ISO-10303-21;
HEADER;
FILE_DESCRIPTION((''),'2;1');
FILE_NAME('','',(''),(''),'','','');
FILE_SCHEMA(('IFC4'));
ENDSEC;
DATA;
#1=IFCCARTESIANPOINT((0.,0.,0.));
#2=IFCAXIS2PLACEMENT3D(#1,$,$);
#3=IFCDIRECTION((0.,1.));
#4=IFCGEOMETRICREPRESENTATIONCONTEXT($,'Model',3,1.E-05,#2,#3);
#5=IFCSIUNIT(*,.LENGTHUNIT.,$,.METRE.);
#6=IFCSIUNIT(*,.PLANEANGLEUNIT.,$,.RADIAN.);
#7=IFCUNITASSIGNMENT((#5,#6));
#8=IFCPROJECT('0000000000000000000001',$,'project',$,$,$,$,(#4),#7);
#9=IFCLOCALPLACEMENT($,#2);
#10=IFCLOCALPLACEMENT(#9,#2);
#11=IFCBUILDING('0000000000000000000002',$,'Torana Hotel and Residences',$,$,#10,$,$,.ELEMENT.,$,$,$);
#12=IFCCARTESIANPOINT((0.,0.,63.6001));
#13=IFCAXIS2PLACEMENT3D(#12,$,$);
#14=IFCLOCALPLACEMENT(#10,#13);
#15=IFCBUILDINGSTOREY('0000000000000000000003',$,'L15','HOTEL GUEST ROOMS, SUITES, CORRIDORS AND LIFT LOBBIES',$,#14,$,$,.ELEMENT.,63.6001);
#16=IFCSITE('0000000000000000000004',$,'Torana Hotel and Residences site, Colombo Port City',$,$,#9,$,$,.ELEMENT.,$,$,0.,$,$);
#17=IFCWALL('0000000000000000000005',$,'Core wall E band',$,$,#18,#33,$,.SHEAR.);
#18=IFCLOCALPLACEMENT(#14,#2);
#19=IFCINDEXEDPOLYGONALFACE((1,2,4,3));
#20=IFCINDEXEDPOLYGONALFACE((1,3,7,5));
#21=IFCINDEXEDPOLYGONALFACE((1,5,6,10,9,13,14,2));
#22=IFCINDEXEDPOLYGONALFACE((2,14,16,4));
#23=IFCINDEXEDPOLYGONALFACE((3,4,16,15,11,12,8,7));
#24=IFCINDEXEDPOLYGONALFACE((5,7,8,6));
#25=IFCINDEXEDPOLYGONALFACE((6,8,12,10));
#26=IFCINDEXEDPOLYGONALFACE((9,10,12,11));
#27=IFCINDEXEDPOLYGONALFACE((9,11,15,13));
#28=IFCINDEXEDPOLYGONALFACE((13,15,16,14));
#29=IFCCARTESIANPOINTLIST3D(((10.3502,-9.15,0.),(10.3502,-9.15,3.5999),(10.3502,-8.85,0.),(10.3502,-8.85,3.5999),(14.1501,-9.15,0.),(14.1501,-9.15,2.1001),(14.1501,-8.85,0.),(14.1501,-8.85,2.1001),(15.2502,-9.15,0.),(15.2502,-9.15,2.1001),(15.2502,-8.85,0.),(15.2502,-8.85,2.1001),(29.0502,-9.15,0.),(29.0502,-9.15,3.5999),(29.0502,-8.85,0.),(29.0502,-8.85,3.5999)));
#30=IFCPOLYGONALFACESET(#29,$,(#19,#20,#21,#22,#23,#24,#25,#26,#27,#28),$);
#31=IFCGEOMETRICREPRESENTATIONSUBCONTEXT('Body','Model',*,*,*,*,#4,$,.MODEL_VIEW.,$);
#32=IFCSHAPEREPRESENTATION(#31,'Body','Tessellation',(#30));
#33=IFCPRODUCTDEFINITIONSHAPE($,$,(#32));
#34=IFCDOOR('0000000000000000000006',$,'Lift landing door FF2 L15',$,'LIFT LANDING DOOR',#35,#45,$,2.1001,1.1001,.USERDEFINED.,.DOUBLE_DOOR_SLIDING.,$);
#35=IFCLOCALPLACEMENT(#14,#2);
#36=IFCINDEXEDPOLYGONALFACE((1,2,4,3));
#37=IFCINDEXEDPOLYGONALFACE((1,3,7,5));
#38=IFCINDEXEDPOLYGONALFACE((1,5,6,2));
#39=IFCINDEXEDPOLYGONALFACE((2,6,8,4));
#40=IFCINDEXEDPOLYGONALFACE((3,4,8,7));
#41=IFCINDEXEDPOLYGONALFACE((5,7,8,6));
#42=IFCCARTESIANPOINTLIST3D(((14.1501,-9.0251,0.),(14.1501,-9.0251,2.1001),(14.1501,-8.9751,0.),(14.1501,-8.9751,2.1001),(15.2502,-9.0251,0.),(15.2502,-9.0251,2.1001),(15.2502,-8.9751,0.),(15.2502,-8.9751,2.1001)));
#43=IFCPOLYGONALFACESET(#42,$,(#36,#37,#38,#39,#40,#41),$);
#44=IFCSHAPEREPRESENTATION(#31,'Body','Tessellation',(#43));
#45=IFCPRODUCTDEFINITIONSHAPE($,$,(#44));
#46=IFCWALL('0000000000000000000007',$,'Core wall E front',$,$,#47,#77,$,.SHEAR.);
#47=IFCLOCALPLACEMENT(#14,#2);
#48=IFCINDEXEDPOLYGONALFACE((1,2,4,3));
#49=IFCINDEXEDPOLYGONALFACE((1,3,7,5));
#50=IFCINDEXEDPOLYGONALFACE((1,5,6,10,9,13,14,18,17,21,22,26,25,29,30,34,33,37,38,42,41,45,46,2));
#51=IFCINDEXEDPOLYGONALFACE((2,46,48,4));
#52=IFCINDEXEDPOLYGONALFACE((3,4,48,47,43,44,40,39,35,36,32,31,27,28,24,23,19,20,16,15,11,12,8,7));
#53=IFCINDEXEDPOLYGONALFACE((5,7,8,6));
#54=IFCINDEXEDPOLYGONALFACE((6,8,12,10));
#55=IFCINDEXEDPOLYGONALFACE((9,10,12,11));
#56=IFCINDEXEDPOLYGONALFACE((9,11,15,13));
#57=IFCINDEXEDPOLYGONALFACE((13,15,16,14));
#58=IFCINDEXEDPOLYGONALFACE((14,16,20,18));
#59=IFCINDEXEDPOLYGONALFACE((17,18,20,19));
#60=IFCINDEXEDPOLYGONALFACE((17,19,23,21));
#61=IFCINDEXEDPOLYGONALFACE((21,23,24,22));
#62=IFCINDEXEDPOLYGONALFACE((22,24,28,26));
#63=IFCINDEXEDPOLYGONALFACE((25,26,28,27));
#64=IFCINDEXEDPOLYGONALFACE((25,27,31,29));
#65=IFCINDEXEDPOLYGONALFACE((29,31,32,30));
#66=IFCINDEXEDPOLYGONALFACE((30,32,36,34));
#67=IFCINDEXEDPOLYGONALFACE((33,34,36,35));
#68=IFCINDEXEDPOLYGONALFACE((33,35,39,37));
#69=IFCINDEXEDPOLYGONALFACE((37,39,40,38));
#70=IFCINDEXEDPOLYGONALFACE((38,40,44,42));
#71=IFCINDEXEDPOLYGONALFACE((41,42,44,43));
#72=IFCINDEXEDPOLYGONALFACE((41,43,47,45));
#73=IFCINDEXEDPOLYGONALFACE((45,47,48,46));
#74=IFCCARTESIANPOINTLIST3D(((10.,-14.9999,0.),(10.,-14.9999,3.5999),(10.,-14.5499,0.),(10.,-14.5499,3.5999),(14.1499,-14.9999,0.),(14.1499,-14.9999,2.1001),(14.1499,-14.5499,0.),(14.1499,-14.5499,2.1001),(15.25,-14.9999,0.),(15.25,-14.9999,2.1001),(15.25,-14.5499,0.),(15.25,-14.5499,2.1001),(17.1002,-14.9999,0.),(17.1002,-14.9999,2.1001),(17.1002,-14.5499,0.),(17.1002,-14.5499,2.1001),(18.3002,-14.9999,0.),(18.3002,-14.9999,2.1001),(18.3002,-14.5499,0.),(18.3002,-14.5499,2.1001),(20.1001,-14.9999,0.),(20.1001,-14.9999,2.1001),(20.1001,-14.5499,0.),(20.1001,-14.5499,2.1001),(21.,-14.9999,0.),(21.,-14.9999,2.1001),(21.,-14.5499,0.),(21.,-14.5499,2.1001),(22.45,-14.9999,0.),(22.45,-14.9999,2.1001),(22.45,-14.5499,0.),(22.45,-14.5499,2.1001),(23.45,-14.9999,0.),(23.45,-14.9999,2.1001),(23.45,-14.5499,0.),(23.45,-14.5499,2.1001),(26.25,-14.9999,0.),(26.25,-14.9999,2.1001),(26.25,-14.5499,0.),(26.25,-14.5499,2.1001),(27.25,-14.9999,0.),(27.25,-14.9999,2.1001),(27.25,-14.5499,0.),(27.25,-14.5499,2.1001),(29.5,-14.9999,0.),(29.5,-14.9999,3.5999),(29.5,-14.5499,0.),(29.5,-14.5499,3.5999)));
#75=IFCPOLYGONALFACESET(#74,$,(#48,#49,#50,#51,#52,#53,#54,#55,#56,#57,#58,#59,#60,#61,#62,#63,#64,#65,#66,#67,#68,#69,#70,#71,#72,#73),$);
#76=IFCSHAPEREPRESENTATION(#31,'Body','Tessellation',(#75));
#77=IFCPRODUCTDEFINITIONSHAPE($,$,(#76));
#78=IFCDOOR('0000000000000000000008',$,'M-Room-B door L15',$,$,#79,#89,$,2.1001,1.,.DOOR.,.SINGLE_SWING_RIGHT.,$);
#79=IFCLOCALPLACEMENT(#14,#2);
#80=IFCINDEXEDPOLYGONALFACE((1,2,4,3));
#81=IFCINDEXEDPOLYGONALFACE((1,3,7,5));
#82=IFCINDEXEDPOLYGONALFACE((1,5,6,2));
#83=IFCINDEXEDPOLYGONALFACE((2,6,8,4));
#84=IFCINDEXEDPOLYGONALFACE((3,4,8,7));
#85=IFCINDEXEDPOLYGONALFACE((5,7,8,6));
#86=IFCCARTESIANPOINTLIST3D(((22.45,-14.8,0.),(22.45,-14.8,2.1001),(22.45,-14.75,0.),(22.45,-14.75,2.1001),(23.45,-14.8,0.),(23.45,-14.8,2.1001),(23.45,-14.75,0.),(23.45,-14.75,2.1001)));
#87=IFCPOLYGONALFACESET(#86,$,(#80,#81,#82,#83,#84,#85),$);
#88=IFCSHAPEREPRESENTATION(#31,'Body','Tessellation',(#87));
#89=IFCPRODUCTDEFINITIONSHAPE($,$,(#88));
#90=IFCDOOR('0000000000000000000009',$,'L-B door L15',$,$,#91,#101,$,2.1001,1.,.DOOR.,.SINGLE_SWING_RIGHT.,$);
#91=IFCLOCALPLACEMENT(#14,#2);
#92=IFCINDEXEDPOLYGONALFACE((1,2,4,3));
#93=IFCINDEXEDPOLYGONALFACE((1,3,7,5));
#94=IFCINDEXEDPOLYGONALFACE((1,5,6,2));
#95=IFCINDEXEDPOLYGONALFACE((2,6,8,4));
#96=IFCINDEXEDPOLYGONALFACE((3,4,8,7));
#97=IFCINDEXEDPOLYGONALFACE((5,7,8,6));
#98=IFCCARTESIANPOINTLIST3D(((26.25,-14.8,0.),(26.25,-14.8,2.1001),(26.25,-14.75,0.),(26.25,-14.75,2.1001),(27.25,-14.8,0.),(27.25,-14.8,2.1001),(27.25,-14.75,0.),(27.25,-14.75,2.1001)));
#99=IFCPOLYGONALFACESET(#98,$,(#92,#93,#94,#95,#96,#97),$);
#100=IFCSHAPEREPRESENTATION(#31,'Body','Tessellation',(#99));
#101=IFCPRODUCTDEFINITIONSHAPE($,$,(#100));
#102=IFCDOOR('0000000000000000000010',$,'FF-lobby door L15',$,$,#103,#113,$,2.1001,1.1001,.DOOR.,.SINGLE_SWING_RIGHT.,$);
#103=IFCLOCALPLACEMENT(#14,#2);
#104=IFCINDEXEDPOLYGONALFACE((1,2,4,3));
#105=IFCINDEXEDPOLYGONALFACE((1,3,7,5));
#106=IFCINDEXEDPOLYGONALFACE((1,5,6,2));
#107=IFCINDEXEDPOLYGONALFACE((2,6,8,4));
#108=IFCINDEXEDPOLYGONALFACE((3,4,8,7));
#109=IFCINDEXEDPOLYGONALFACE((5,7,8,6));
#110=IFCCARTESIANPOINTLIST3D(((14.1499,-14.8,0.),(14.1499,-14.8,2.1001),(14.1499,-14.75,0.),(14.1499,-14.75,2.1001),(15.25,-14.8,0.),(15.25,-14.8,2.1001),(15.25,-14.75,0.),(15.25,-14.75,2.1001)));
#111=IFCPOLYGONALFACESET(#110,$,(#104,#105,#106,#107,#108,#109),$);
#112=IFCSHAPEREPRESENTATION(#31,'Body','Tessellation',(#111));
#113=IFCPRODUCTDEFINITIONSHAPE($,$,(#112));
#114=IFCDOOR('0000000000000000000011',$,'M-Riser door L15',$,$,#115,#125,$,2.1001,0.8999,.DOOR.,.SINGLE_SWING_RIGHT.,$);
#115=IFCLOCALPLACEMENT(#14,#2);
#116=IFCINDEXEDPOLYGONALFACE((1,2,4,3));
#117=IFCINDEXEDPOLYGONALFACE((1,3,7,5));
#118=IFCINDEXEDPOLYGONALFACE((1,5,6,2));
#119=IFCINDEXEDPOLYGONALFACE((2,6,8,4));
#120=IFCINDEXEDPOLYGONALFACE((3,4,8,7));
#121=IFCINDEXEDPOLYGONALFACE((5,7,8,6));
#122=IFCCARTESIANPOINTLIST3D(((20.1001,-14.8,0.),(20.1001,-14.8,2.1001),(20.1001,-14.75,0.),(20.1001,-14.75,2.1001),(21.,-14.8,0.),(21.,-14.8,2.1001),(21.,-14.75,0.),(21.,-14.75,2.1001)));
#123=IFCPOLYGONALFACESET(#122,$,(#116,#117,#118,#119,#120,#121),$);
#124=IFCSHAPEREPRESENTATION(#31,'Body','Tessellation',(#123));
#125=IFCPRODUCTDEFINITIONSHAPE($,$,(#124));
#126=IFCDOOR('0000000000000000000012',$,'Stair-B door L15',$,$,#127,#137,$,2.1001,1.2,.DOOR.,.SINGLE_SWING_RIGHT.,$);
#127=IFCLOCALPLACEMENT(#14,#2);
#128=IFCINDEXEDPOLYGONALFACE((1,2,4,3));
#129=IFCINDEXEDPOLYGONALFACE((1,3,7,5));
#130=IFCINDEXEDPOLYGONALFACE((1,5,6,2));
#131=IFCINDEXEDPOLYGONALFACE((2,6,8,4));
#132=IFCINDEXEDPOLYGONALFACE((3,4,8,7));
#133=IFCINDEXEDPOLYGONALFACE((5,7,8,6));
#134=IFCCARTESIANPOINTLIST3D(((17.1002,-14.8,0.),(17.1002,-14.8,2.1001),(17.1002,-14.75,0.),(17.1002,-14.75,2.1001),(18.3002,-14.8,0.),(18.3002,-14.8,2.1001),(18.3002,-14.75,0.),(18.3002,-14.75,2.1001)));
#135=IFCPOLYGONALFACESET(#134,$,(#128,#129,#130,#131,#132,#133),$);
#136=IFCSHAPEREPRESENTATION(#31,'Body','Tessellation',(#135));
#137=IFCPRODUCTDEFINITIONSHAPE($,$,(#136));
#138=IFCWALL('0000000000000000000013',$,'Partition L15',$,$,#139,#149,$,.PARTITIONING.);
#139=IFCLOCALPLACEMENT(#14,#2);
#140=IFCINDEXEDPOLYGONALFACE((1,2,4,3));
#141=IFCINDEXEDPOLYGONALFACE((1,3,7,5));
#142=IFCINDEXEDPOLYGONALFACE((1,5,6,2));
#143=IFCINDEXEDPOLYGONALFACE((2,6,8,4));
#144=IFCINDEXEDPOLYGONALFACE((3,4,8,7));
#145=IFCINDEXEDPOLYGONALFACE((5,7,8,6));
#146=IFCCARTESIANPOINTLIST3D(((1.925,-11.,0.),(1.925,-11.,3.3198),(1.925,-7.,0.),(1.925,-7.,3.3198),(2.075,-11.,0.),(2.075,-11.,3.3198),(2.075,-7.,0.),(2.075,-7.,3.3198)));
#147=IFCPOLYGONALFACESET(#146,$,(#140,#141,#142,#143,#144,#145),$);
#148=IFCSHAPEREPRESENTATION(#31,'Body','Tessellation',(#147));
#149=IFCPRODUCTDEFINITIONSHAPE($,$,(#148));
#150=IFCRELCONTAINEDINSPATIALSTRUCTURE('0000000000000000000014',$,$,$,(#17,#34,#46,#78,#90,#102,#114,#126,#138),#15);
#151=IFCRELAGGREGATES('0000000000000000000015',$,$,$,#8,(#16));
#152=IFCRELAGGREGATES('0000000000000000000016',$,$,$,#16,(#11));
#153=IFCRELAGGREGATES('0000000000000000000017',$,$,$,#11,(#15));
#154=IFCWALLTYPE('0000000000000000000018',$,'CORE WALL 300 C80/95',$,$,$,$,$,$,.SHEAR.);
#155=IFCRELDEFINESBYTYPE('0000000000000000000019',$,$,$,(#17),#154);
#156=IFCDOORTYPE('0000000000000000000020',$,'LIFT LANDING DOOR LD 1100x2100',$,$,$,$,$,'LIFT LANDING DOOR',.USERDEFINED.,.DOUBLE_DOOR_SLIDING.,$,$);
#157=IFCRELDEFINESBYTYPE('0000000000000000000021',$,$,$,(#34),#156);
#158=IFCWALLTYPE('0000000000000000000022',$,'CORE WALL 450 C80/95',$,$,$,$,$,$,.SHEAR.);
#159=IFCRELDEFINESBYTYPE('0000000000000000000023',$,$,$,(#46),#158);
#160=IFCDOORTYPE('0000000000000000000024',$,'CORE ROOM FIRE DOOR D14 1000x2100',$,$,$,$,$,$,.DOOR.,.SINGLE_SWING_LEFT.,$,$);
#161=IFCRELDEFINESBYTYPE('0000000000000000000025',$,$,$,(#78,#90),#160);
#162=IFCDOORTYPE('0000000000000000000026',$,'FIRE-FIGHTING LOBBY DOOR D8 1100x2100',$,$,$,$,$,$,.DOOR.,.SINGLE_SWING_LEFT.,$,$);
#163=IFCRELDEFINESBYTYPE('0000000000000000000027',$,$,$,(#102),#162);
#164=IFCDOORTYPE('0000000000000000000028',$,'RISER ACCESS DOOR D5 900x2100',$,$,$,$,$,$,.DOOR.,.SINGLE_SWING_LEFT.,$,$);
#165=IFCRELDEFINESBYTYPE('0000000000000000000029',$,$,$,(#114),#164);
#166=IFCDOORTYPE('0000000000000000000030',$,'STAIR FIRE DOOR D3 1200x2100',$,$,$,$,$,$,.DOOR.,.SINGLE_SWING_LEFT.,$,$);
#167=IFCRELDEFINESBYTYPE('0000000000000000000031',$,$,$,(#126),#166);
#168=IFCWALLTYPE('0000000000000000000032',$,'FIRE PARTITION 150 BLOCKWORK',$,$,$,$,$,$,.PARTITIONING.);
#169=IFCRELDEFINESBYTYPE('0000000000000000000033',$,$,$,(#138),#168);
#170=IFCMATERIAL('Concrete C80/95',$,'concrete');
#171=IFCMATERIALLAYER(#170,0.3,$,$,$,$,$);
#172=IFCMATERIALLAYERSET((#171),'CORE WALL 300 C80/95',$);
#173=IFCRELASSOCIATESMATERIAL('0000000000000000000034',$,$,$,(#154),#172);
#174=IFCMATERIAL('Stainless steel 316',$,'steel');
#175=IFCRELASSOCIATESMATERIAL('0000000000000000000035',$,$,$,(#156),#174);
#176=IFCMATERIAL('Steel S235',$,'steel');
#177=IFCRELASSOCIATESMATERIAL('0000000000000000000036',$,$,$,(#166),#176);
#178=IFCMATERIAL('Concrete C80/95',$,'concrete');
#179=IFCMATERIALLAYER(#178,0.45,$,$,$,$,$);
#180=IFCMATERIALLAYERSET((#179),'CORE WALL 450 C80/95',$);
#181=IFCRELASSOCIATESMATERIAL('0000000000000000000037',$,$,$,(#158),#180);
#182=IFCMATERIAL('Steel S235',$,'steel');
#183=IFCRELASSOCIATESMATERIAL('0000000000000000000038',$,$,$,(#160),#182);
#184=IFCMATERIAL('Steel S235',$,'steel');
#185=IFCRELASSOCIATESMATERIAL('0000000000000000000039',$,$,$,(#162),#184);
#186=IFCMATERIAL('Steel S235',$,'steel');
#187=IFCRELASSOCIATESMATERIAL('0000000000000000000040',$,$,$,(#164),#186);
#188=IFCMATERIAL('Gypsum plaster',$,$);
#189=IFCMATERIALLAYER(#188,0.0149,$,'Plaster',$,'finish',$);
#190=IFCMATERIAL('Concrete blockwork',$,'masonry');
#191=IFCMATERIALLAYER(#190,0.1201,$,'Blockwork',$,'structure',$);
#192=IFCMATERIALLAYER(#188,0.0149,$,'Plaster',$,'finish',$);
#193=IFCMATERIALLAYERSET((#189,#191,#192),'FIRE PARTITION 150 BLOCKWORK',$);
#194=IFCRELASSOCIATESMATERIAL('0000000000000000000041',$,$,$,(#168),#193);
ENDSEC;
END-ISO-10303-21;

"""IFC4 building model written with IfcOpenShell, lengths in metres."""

from ifc_helpers import new_model, si_unit, direction, frame, frame_2d, origin, place, context, subcontext, project, spatial, rectangle, extrude, material, layer, layer_set, type_object, element, fill, save


model = new_model("IFC4")

# Units and contexts
model_context = context("Model", 3, precision=1e-05, world=origin(), true_north=direction((0.0, 1.0)))
body_context = subcontext(model_context, "Body", "Model", "MODEL_VIEW")
ifc_project = project(units=[si_unit("LENGTHUNIT", "METRE"), si_unit("PLANEANGLEUNIT", "RADIAN")], contexts=[model_context])

# Site, building, storey
site_placement = place(None, origin())
site = spatial("IfcSite", under=ifc_project, at=site_placement, Name="Torana Hotel and Residences site, Colombo Port City", CompositionType="ELEMENT", RefElevation=0.0)
building_placement = place(site_placement, origin())
building = spatial("IfcBuilding", under=site, at=building_placement, Name="Torana Hotel and Residences", CompositionType="ELEMENT")
storey_placement = place(building_placement, frame((0.0, 0.0, 63.6001)))
storey = spatial("IfcBuildingStorey", under=building, at=storey_placement, Name="L15", Description="HOTEL GUEST ROOMS, SUITES, CORRIDORS AND LIFT LOBBIES", CompositionType="ELEMENT", Elevation=63.6001)

# Wall, opening, door
ifc_material_1 = material(Name="Concrete C80/95", Category="concrete")
ifc_layer_1 = layer(ifc_material_1, 0.3)
ifc_layer_set_1 = layer_set([ifc_layer_1], Name="CORE WALL 300 C80/95")
wall_type_1 = type_object("IfcWallType", Name="CORE WALL 300 C80/95", PredefinedType="SHEAR", material=ifc_layer_set_1)
wall_1_placement = place(storey_placement, frame((10.3501, -9.0, 0.0), z_axis=(0.0, 0.0, 1.0), x_axis=(1.0, 0.0, 0.0)))
wall_1 = element("IfcWall", 1, at=wall_1_placement, inside=storey, type_object=wall_type_1, Name="Core wall E band", PredefinedType="SHEAR", context=body_context, shape_type="SweptSolid", body=[
    extrude(rectangle(XDim=18.7, YDim=0.3, at=frame_2d((9.3501, 0.0))), origin(), (0.0, 0.0, 1.0), 3.5999),
])
opening_1_placement = place(wall_1_placement, frame((3.8, 0.0, 0.0)))
opening_1 = element("IfcOpeningElement", 2, at=opening_1_placement, cuts=wall_1, PredefinedType="OPENING", context=body_context, shape_type="SweptSolid", body=[
    extrude(rectangle(XDim=1.1001, YDim=2.1001, at=frame_2d((0.55, 1.05))), frame((0.0, 0.1599, 0.0), z_axis=(0.0, -1.0, 0.0), x_axis=(1.0, 0.0, 0.0)), (0.0, 0.0, 1.0), 0.3201),
])
ifc_material_2 = material(Name="Stainless steel 316", Category="steel")
door_type_1 = type_object("IfcDoorType", Name="LIFT LANDING DOOR LD 1100x2100", ElementType="LIFT LANDING DOOR", OperationType="DOUBLE_DOOR_SLIDING", PredefinedType="USERDEFINED", material=ifc_material_2)
door_1_placement = place(opening_1_placement, origin())
door_1 = element("IfcDoor", 3, at=door_1_placement, inside=storey, type_object=door_type_1, Name="Lift landing door FF2 L15", ObjectType="LIFT LANDING DOOR", OperationType="DOUBLE_DOOR_SLIDING", OverallHeight=2.1001, OverallWidth=1.1001, PredefinedType="USERDEFINED", context=body_context, shape_type="SweptSolid", body=[
    extrude(rectangle(XDim=1.1001, YDim=2.1001, at=frame_2d((0.55, 1.05))), frame((0.0, 0.0249, 0.0), z_axis=(0.0, -1.0, 0.0), x_axis=(1.0, 0.0, 0.0)), (0.0, 0.0, 1.0), 0.05),
])
fill(opening_1, door_1)

# Wall, openings, doors
ifc_material_3 = material(Name="Steel S235", Category="steel")
door_type_2 = type_object("IfcDoorType", Name="STAIR FIRE DOOR D3 1200x2100", OperationType="SINGLE_SWING_LEFT", PredefinedType="DOOR", material=ifc_material_3)
ifc_material_4 = material(Name="Concrete C80/95", Category="concrete")
ifc_layer_2 = layer(ifc_material_4, 0.45)
ifc_layer_set_2 = layer_set([ifc_layer_2], Name="CORE WALL 450 C80/95")
wall_type_2 = type_object("IfcWallType", Name="CORE WALL 450 C80/95", PredefinedType="SHEAR", material=ifc_layer_set_2)
wall_2_placement = place(storey_placement, frame((10.0, -14.7749, 0.0), z_axis=(0.0, 0.0, 1.0), x_axis=(1.0, 0.0, 0.0)))
wall_2 = element("IfcWall", 4, at=wall_2_placement, inside=storey, type_object=wall_type_2, Name="Core wall E front", PredefinedType="SHEAR", context=body_context, shape_type="SweptSolid", body=[
    extrude(rectangle(XDim=19.5, YDim=0.45, at=frame_2d((9.75, 0.0))), origin(), (0.0, 0.0, 1.0), 3.5999),
])
opening_2_placement = place(wall_2_placement, frame((7.1001, 0.0, 0.0)))
opening_2 = element("IfcOpeningElement", 5, at=opening_2_placement, cuts=wall_2, PredefinedType="OPENING", context=body_context, shape_type="SweptSolid", body=[
    extrude(rectangle(XDim=1.2, YDim=2.1001, at=frame_2d((0.6001, 1.05))), frame((0.0, 0.2349, 0.0), z_axis=(0.0, -1.0, 0.0), x_axis=(1.0, 0.0, 0.0)), (0.0, 0.0, 1.0), 0.47),
])
opening_3_placement = place(wall_2_placement, frame((4.1499, 0.0, 0.0)))
opening_3 = element("IfcOpeningElement", 6, at=opening_3_placement, cuts=wall_2, PredefinedType="OPENING", context=body_context, shape_type="SweptSolid", body=[
    extrude(rectangle(XDim=1.1001, YDim=2.1001, at=frame_2d((0.55, 1.05))), frame((0.0, 0.2349, 0.0), z_axis=(0.0, -1.0, 0.0), x_axis=(1.0, 0.0, 0.0)), (0.0, 0.0, 1.0), 0.47),
])
opening_4_placement = place(wall_2_placement, frame((10.1001, 0.0, 0.0)))
opening_4 = element("IfcOpeningElement", 7, at=opening_4_placement, cuts=wall_2, PredefinedType="OPENING", context=body_context, shape_type="SweptSolid", body=[
    extrude(rectangle(XDim=0.8999, YDim=2.1001, at=frame_2d((0.45, 1.05))), frame((0.0, 0.2349, 0.0), z_axis=(0.0, -1.0, 0.0), x_axis=(1.0, 0.0, 0.0)), (0.0, 0.0, 1.0), 0.47),
])
opening_5_placement = place(wall_2_placement, frame((12.45, 0.0, 0.0)))
opening_5 = element("IfcOpeningElement", 8, at=opening_5_placement, cuts=wall_2, PredefinedType="OPENING", context=body_context, shape_type="SweptSolid", body=[
    extrude(rectangle(XDim=1.0, YDim=2.1001, at=frame_2d((0.5, 1.05))), frame((0.0, 0.2349, 0.0), z_axis=(0.0, -1.0, 0.0), x_axis=(1.0, 0.0, 0.0)), (0.0, 0.0, 1.0), 0.47),
])
opening_6_placement = place(wall_2_placement, frame((16.25, 0.0, 0.0)))
opening_6 = element("IfcOpeningElement", 9, at=opening_6_placement, cuts=wall_2, PredefinedType="OPENING", context=body_context, shape_type="SweptSolid", body=[
    extrude(rectangle(XDim=1.0, YDim=2.1001, at=frame_2d((0.5, 1.05))), frame((0.0, 0.2349, 0.0), z_axis=(0.0, -1.0, 0.0), x_axis=(1.0, 0.0, 0.0)), (0.0, 0.0, 1.0), 0.47),
])
ifc_material_5 = material(Name="Steel S235", Category="steel")
door_type_3 = type_object("IfcDoorType", Name="CORE ROOM FIRE DOOR D14 1000x2100", OperationType="SINGLE_SWING_LEFT", PredefinedType="DOOR", material=ifc_material_5)
door_2_placement = place(opening_5_placement, origin())
door_2 = element("IfcDoor", 10, at=door_2_placement, inside=storey, type_object=door_type_3, Name="M-Room-B door L15", OperationType="SINGLE_SWING_RIGHT", OverallHeight=2.1001, OverallWidth=1.0, PredefinedType="DOOR", context=body_context, shape_type="SweptSolid", body=[
    extrude(rectangle(XDim=1.0, YDim=2.1001, at=frame_2d((0.5, 1.05))), frame((0.0, 0.0249, 0.0), z_axis=(0.0, -1.0, 0.0), x_axis=(1.0, 0.0, 0.0)), (0.0, 0.0, 1.0), 0.05),
])
fill(opening_5, door_2)
door_3_placement = place(opening_6_placement, origin())
door_3 = element("IfcDoor", 11, at=door_3_placement, inside=storey, type_object=door_type_3, Name="L-B door L15", OperationType="SINGLE_SWING_RIGHT", OverallHeight=2.1001, OverallWidth=1.0, PredefinedType="DOOR", context=body_context, shape_type="SweptSolid", body=[
    extrude(rectangle(XDim=1.0, YDim=2.1001, at=frame_2d((0.5, 1.05))), frame((0.0, 0.0249, 0.0), z_axis=(0.0, -1.0, 0.0), x_axis=(1.0, 0.0, 0.0)), (0.0, 0.0, 1.0), 0.05),
])
fill(opening_6, door_3)
ifc_material_6 = material(Name="Steel S235", Category="steel")
door_type_4 = type_object("IfcDoorType", Name="FIRE-FIGHTING LOBBY DOOR D8 1100x2100", OperationType="SINGLE_SWING_LEFT", PredefinedType="DOOR", material=ifc_material_6)
door_4_placement = place(opening_3_placement, origin())
door_4 = element("IfcDoor", 12, at=door_4_placement, inside=storey, type_object=door_type_4, Name="FF-lobby door L15", OperationType="SINGLE_SWING_RIGHT", OverallHeight=2.1001, OverallWidth=1.1001, PredefinedType="DOOR", context=body_context, shape_type="SweptSolid", body=[
    extrude(rectangle(XDim=1.1001, YDim=2.1001, at=frame_2d((0.55, 1.05))), frame((0.0, 0.0249, 0.0), z_axis=(0.0, -1.0, 0.0), x_axis=(1.0, 0.0, 0.0)), (0.0, 0.0, 1.0), 0.05),
])
fill(opening_3, door_4)
ifc_material_7 = material(Name="Steel S235", Category="steel")
door_type_5 = type_object("IfcDoorType", Name="RISER ACCESS DOOR D5 900x2100", OperationType="SINGLE_SWING_LEFT", PredefinedType="DOOR", material=ifc_material_7)
door_5_placement = place(opening_4_placement, origin())
door_5 = element("IfcDoor", 13, at=door_5_placement, inside=storey, type_object=door_type_5, Name="M-Riser door L15", OperationType="SINGLE_SWING_RIGHT", OverallHeight=2.1001, OverallWidth=0.8999, PredefinedType="DOOR", context=body_context, shape_type="SweptSolid", body=[
    extrude(rectangle(XDim=0.8999, YDim=2.1001, at=frame_2d((0.45, 1.05))), frame((0.0, 0.0249, 0.0), z_axis=(0.0, -1.0, 0.0), x_axis=(1.0, 0.0, 0.0)), (0.0, 0.0, 1.0), 0.05),
])
fill(opening_4, door_5)
door_6_placement = place(opening_2_placement, origin())
door_6 = element("IfcDoor", 14, at=door_6_placement, inside=storey, type_object=door_type_2, Name="Stair-B door L15", OperationType="SINGLE_SWING_RIGHT", OverallHeight=2.1001, OverallWidth=1.2, PredefinedType="DOOR", context=body_context, shape_type="SweptSolid", body=[
    extrude(rectangle(XDim=1.2, YDim=2.1001, at=frame_2d((0.6001, 1.05))), frame((0.0, 0.0249, 0.0), z_axis=(0.0, -1.0, 0.0), x_axis=(1.0, 0.0, 0.0)), (0.0, 0.0, 1.0), 0.05),
])
fill(opening_2, door_6)

# Wall
ifc_material_8 = material(Name="Gypsum plaster")
ifc_layer_3 = layer(ifc_material_8, 0.0149, Name="Plaster", Category="finish")
ifc_material_9 = material(Name="Concrete blockwork", Category="masonry")
ifc_layer_4 = layer(ifc_material_9, 0.1201, Name="Blockwork", Category="structure")
ifc_layer_5 = layer(ifc_material_8, 0.0149, Name="Plaster", Category="finish")
ifc_layer_set_3 = layer_set([ifc_layer_3, ifc_layer_4, ifc_layer_5], Name="FIRE PARTITION 150 BLOCKWORK")
wall_type_3 = type_object("IfcWallType", Name="FIRE PARTITION 150 BLOCKWORK", PredefinedType="PARTITIONING", material=ifc_layer_set_3)
wall_3_placement = place(storey_placement, frame((2.0, -11.0, 0.0), z_axis=(0.0, 0.0, 1.0), x_axis=(0.0, 1.0, 0.0)))
element("IfcWall", 15, at=wall_3_placement, inside=storey, type_object=wall_type_3, Name="Partition L15", PredefinedType="PARTITIONING", context=body_context, shape_type="SweptSolid", body=[
    extrude(rectangle(XDim=4.0, YDim=0.1499, at=frame_2d((2.0, 0.0))), origin(), (0.0, 0.0, 1.0), 3.3198),
])

save(model, "model.ifc")
